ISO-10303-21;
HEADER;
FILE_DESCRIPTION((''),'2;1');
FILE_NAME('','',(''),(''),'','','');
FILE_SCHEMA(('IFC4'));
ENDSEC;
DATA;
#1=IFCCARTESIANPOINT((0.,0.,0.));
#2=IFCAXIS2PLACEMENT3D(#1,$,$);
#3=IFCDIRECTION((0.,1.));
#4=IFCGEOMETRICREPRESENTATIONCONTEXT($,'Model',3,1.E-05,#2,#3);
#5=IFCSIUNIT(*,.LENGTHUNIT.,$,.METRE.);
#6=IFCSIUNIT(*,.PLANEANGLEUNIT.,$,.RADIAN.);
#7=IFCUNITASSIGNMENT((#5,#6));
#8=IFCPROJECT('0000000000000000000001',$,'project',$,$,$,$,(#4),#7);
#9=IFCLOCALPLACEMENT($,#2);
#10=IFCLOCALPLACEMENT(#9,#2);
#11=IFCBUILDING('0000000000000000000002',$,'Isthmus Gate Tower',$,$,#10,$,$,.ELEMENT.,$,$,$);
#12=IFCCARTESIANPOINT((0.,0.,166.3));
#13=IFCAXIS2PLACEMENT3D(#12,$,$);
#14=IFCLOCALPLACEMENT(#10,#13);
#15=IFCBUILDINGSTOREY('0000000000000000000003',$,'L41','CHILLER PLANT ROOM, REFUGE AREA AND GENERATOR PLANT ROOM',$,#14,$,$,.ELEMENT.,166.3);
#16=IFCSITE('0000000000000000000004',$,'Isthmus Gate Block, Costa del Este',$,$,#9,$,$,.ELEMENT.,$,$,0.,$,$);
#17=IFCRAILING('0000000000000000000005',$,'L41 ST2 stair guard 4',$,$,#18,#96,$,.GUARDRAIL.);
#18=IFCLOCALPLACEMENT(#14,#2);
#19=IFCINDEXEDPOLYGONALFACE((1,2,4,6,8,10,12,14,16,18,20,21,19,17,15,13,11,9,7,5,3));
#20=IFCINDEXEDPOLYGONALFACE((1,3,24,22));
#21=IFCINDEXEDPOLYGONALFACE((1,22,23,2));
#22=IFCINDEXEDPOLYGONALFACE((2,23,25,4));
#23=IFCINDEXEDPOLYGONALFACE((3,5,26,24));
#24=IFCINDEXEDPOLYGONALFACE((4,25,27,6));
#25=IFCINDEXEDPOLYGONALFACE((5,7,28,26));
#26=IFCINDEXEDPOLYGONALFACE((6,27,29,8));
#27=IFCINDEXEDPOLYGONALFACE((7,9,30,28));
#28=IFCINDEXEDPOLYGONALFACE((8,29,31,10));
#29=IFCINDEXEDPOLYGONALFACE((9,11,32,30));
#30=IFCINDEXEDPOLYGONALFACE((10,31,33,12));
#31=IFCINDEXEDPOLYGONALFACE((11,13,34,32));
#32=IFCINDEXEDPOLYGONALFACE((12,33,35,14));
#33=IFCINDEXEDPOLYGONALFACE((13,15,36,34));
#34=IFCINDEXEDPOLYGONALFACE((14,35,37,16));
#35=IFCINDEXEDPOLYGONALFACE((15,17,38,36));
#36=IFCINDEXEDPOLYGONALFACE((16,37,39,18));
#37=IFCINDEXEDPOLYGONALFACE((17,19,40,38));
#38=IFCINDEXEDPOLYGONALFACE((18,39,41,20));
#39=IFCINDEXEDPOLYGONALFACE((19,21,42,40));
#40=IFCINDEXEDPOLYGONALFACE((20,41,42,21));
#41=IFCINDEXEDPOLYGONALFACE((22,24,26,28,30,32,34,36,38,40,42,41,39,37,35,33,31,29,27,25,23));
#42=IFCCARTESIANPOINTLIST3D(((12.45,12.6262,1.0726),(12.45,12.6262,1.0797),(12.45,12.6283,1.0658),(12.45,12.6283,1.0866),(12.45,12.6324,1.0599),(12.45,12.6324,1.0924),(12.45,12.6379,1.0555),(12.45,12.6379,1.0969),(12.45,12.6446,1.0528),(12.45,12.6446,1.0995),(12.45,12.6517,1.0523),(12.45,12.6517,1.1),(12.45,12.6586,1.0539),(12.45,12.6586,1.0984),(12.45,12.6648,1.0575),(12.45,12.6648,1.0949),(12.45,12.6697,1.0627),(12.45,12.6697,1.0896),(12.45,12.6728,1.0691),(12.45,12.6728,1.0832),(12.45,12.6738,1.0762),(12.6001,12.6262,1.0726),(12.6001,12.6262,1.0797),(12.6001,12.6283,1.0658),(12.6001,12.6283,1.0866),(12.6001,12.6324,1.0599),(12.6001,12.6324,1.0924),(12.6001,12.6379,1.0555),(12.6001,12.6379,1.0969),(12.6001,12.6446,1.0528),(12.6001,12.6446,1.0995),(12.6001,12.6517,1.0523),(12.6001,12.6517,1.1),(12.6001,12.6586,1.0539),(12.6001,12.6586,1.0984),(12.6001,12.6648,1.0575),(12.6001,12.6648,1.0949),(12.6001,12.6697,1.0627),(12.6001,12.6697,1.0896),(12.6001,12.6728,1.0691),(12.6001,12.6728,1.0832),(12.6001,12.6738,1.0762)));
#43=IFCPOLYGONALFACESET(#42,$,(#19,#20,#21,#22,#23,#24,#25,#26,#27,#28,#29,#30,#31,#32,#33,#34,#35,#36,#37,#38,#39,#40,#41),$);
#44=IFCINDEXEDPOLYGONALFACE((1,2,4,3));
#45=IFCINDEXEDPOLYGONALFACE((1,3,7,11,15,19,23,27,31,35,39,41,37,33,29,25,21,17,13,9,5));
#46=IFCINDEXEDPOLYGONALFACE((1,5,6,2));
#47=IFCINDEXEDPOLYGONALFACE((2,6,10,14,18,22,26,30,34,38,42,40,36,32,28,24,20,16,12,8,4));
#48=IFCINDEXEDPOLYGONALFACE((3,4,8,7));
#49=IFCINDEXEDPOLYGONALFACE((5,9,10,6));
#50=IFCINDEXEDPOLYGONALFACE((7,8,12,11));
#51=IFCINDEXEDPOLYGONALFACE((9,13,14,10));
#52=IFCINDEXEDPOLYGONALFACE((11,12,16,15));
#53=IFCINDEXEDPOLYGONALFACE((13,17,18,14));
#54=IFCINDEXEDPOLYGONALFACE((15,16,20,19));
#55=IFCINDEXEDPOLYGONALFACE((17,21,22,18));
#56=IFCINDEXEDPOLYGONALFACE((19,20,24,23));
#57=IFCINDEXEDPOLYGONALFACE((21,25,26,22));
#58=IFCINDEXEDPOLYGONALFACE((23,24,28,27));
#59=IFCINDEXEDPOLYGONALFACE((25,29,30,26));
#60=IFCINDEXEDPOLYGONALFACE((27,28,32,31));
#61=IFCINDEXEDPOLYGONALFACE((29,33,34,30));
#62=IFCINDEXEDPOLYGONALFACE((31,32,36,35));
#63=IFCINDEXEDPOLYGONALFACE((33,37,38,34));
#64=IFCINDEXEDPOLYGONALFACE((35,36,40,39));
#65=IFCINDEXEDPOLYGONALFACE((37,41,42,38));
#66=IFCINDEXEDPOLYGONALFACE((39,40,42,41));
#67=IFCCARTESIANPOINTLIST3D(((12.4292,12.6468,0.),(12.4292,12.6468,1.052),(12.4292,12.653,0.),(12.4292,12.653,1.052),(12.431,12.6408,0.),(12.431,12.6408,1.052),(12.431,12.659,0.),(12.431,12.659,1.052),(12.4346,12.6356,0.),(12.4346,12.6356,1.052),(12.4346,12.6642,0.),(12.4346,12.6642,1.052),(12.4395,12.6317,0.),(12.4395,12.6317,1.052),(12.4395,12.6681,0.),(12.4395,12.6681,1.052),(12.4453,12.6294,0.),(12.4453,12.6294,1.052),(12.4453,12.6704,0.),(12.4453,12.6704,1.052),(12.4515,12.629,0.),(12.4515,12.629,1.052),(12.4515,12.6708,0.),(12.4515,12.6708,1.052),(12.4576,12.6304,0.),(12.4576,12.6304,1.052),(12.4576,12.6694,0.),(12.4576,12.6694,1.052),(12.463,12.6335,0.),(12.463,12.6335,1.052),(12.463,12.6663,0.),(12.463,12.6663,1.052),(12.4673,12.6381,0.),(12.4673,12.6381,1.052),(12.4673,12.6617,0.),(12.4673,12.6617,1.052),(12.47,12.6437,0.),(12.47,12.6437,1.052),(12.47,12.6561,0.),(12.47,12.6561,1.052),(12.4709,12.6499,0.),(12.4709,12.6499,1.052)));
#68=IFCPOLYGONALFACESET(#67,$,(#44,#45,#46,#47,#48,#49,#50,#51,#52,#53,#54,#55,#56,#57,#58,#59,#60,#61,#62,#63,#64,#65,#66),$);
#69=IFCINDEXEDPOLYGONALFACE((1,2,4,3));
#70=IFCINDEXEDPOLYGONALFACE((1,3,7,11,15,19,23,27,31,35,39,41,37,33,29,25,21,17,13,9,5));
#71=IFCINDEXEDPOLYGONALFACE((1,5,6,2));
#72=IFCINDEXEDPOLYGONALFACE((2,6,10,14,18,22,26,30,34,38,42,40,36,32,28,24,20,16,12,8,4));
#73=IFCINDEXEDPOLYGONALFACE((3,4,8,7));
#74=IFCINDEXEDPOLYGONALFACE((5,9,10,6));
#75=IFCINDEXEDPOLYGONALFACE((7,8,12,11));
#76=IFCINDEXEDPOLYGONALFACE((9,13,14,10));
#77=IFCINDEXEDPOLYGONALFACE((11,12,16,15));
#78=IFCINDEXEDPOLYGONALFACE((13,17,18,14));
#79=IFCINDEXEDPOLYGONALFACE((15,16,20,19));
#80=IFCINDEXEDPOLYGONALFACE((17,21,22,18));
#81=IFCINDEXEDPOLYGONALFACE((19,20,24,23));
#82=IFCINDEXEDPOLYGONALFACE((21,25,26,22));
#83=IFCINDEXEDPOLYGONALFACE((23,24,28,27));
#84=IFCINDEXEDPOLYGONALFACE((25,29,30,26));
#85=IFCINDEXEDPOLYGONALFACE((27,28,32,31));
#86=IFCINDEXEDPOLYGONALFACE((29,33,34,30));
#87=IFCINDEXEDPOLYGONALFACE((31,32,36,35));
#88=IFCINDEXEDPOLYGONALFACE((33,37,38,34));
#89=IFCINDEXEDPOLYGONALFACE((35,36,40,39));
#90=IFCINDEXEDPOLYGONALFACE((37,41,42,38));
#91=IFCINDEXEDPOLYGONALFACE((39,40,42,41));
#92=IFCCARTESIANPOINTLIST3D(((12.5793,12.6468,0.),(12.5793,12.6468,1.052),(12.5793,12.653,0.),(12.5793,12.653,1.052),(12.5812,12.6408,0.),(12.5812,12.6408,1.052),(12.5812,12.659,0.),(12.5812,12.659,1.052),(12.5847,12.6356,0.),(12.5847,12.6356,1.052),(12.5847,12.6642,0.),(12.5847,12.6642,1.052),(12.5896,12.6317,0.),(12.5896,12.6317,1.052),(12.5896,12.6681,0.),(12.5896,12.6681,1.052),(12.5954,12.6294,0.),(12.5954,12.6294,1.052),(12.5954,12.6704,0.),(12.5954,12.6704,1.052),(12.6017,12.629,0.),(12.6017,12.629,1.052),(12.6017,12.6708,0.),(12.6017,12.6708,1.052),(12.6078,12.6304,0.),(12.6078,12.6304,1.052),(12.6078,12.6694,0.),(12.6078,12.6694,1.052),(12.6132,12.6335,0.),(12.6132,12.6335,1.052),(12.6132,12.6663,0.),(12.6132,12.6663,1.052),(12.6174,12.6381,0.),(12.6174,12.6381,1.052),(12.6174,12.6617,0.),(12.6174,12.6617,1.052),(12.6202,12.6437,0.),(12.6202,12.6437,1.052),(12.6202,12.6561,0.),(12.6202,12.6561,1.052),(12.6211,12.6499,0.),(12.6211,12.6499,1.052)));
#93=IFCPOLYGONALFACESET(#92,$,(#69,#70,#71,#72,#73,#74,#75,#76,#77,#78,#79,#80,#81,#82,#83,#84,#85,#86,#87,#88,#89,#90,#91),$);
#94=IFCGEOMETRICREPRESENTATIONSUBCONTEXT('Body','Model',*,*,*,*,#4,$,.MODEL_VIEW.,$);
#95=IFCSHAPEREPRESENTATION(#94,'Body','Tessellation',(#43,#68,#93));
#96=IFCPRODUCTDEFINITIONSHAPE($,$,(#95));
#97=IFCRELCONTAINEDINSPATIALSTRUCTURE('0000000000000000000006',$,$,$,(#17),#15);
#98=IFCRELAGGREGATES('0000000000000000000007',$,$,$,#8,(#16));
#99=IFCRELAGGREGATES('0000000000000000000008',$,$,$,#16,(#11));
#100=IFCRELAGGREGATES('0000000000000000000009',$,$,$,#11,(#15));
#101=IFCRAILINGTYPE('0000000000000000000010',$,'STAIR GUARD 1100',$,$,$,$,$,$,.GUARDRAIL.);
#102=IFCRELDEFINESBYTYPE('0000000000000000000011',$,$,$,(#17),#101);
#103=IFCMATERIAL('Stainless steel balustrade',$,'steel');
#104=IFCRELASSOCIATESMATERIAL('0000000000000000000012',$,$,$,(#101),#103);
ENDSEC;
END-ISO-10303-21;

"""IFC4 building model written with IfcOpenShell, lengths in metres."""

from ifc_helpers import new_model, si_unit, direction, frame, origin, origin_2d, place, context, subcontext, project, spatial, circle, extrude, material, type_object, element, save


model = new_model("IFC4")

# Units and contexts
model_context = context("Model", 3, precision=1e-05, world=origin(), true_north=direction((0.0, 1.0)))
body_context = subcontext(model_context, "Body", "Model", "MODEL_VIEW")
ifc_project = project(units=[si_unit("LENGTHUNIT", "METRE"), si_unit("PLANEANGLEUNIT", "RADIAN")], contexts=[model_context])

# Site, building, storey
site_placement = place(None, origin())
site = spatial("IfcSite", under=ifc_project, at=site_placement, Name="Isthmus Gate Block, Costa del Este", CompositionType="ELEMENT", RefElevation=0.0)
building_placement = place(site_placement, origin())
building = spatial("IfcBuilding", under=site, at=building_placement, Name="Isthmus Gate Tower", CompositionType="ELEMENT")
storey_placement = place(building_placement, frame((0.0, 0.0, 166.3)))
storey = spatial("IfcBuildingStorey", under=building, at=storey_placement, Name="L41", Description="CHILLER PLANT ROOM, REFUGE AREA AND GENERATOR PLANT ROOM", CompositionType="ELEMENT", Elevation=166.3)

# Railing
ifc_material_1 = material(Name="Stainless steel balustrade", Category="steel")
railing_type_1 = type_object("IfcRailingType", Name="STAIR GUARD 1100", PredefinedType="GUARDRAIL", material=ifc_material_1)
railing_1_placement = place(storey_placement, frame((12.45, 12.6499, 0.0)))
element("IfcRailing", 1, at=railing_1_placement, inside=storey, type_object=railing_type_1, Name="L41 ST2 stair guard 4", PredefinedType="GUARDRAIL", context=body_context, shape_type="SweptSolid", body=[
    extrude(circle(Radius=0.0239, at=origin_2d()), frame((0.0, 0.0, 1.0762), z_axis=(1.0, 0.0, 0.0), x_axis=(0.0, 1.0, 0.0)), (0.0, 0.0, 1.0), 0.1501),
    extrude(circle(Radius=0.021, at=origin_2d()), origin(), (0.0, 0.0, 1.0), 1.052),
    extrude(circle(Radius=0.021, at=origin_2d()), frame((0.1501, 0.0, 0.0)), (0.0, 0.0, 1.0), 1.052),
])

save(model, "model.ifc")
